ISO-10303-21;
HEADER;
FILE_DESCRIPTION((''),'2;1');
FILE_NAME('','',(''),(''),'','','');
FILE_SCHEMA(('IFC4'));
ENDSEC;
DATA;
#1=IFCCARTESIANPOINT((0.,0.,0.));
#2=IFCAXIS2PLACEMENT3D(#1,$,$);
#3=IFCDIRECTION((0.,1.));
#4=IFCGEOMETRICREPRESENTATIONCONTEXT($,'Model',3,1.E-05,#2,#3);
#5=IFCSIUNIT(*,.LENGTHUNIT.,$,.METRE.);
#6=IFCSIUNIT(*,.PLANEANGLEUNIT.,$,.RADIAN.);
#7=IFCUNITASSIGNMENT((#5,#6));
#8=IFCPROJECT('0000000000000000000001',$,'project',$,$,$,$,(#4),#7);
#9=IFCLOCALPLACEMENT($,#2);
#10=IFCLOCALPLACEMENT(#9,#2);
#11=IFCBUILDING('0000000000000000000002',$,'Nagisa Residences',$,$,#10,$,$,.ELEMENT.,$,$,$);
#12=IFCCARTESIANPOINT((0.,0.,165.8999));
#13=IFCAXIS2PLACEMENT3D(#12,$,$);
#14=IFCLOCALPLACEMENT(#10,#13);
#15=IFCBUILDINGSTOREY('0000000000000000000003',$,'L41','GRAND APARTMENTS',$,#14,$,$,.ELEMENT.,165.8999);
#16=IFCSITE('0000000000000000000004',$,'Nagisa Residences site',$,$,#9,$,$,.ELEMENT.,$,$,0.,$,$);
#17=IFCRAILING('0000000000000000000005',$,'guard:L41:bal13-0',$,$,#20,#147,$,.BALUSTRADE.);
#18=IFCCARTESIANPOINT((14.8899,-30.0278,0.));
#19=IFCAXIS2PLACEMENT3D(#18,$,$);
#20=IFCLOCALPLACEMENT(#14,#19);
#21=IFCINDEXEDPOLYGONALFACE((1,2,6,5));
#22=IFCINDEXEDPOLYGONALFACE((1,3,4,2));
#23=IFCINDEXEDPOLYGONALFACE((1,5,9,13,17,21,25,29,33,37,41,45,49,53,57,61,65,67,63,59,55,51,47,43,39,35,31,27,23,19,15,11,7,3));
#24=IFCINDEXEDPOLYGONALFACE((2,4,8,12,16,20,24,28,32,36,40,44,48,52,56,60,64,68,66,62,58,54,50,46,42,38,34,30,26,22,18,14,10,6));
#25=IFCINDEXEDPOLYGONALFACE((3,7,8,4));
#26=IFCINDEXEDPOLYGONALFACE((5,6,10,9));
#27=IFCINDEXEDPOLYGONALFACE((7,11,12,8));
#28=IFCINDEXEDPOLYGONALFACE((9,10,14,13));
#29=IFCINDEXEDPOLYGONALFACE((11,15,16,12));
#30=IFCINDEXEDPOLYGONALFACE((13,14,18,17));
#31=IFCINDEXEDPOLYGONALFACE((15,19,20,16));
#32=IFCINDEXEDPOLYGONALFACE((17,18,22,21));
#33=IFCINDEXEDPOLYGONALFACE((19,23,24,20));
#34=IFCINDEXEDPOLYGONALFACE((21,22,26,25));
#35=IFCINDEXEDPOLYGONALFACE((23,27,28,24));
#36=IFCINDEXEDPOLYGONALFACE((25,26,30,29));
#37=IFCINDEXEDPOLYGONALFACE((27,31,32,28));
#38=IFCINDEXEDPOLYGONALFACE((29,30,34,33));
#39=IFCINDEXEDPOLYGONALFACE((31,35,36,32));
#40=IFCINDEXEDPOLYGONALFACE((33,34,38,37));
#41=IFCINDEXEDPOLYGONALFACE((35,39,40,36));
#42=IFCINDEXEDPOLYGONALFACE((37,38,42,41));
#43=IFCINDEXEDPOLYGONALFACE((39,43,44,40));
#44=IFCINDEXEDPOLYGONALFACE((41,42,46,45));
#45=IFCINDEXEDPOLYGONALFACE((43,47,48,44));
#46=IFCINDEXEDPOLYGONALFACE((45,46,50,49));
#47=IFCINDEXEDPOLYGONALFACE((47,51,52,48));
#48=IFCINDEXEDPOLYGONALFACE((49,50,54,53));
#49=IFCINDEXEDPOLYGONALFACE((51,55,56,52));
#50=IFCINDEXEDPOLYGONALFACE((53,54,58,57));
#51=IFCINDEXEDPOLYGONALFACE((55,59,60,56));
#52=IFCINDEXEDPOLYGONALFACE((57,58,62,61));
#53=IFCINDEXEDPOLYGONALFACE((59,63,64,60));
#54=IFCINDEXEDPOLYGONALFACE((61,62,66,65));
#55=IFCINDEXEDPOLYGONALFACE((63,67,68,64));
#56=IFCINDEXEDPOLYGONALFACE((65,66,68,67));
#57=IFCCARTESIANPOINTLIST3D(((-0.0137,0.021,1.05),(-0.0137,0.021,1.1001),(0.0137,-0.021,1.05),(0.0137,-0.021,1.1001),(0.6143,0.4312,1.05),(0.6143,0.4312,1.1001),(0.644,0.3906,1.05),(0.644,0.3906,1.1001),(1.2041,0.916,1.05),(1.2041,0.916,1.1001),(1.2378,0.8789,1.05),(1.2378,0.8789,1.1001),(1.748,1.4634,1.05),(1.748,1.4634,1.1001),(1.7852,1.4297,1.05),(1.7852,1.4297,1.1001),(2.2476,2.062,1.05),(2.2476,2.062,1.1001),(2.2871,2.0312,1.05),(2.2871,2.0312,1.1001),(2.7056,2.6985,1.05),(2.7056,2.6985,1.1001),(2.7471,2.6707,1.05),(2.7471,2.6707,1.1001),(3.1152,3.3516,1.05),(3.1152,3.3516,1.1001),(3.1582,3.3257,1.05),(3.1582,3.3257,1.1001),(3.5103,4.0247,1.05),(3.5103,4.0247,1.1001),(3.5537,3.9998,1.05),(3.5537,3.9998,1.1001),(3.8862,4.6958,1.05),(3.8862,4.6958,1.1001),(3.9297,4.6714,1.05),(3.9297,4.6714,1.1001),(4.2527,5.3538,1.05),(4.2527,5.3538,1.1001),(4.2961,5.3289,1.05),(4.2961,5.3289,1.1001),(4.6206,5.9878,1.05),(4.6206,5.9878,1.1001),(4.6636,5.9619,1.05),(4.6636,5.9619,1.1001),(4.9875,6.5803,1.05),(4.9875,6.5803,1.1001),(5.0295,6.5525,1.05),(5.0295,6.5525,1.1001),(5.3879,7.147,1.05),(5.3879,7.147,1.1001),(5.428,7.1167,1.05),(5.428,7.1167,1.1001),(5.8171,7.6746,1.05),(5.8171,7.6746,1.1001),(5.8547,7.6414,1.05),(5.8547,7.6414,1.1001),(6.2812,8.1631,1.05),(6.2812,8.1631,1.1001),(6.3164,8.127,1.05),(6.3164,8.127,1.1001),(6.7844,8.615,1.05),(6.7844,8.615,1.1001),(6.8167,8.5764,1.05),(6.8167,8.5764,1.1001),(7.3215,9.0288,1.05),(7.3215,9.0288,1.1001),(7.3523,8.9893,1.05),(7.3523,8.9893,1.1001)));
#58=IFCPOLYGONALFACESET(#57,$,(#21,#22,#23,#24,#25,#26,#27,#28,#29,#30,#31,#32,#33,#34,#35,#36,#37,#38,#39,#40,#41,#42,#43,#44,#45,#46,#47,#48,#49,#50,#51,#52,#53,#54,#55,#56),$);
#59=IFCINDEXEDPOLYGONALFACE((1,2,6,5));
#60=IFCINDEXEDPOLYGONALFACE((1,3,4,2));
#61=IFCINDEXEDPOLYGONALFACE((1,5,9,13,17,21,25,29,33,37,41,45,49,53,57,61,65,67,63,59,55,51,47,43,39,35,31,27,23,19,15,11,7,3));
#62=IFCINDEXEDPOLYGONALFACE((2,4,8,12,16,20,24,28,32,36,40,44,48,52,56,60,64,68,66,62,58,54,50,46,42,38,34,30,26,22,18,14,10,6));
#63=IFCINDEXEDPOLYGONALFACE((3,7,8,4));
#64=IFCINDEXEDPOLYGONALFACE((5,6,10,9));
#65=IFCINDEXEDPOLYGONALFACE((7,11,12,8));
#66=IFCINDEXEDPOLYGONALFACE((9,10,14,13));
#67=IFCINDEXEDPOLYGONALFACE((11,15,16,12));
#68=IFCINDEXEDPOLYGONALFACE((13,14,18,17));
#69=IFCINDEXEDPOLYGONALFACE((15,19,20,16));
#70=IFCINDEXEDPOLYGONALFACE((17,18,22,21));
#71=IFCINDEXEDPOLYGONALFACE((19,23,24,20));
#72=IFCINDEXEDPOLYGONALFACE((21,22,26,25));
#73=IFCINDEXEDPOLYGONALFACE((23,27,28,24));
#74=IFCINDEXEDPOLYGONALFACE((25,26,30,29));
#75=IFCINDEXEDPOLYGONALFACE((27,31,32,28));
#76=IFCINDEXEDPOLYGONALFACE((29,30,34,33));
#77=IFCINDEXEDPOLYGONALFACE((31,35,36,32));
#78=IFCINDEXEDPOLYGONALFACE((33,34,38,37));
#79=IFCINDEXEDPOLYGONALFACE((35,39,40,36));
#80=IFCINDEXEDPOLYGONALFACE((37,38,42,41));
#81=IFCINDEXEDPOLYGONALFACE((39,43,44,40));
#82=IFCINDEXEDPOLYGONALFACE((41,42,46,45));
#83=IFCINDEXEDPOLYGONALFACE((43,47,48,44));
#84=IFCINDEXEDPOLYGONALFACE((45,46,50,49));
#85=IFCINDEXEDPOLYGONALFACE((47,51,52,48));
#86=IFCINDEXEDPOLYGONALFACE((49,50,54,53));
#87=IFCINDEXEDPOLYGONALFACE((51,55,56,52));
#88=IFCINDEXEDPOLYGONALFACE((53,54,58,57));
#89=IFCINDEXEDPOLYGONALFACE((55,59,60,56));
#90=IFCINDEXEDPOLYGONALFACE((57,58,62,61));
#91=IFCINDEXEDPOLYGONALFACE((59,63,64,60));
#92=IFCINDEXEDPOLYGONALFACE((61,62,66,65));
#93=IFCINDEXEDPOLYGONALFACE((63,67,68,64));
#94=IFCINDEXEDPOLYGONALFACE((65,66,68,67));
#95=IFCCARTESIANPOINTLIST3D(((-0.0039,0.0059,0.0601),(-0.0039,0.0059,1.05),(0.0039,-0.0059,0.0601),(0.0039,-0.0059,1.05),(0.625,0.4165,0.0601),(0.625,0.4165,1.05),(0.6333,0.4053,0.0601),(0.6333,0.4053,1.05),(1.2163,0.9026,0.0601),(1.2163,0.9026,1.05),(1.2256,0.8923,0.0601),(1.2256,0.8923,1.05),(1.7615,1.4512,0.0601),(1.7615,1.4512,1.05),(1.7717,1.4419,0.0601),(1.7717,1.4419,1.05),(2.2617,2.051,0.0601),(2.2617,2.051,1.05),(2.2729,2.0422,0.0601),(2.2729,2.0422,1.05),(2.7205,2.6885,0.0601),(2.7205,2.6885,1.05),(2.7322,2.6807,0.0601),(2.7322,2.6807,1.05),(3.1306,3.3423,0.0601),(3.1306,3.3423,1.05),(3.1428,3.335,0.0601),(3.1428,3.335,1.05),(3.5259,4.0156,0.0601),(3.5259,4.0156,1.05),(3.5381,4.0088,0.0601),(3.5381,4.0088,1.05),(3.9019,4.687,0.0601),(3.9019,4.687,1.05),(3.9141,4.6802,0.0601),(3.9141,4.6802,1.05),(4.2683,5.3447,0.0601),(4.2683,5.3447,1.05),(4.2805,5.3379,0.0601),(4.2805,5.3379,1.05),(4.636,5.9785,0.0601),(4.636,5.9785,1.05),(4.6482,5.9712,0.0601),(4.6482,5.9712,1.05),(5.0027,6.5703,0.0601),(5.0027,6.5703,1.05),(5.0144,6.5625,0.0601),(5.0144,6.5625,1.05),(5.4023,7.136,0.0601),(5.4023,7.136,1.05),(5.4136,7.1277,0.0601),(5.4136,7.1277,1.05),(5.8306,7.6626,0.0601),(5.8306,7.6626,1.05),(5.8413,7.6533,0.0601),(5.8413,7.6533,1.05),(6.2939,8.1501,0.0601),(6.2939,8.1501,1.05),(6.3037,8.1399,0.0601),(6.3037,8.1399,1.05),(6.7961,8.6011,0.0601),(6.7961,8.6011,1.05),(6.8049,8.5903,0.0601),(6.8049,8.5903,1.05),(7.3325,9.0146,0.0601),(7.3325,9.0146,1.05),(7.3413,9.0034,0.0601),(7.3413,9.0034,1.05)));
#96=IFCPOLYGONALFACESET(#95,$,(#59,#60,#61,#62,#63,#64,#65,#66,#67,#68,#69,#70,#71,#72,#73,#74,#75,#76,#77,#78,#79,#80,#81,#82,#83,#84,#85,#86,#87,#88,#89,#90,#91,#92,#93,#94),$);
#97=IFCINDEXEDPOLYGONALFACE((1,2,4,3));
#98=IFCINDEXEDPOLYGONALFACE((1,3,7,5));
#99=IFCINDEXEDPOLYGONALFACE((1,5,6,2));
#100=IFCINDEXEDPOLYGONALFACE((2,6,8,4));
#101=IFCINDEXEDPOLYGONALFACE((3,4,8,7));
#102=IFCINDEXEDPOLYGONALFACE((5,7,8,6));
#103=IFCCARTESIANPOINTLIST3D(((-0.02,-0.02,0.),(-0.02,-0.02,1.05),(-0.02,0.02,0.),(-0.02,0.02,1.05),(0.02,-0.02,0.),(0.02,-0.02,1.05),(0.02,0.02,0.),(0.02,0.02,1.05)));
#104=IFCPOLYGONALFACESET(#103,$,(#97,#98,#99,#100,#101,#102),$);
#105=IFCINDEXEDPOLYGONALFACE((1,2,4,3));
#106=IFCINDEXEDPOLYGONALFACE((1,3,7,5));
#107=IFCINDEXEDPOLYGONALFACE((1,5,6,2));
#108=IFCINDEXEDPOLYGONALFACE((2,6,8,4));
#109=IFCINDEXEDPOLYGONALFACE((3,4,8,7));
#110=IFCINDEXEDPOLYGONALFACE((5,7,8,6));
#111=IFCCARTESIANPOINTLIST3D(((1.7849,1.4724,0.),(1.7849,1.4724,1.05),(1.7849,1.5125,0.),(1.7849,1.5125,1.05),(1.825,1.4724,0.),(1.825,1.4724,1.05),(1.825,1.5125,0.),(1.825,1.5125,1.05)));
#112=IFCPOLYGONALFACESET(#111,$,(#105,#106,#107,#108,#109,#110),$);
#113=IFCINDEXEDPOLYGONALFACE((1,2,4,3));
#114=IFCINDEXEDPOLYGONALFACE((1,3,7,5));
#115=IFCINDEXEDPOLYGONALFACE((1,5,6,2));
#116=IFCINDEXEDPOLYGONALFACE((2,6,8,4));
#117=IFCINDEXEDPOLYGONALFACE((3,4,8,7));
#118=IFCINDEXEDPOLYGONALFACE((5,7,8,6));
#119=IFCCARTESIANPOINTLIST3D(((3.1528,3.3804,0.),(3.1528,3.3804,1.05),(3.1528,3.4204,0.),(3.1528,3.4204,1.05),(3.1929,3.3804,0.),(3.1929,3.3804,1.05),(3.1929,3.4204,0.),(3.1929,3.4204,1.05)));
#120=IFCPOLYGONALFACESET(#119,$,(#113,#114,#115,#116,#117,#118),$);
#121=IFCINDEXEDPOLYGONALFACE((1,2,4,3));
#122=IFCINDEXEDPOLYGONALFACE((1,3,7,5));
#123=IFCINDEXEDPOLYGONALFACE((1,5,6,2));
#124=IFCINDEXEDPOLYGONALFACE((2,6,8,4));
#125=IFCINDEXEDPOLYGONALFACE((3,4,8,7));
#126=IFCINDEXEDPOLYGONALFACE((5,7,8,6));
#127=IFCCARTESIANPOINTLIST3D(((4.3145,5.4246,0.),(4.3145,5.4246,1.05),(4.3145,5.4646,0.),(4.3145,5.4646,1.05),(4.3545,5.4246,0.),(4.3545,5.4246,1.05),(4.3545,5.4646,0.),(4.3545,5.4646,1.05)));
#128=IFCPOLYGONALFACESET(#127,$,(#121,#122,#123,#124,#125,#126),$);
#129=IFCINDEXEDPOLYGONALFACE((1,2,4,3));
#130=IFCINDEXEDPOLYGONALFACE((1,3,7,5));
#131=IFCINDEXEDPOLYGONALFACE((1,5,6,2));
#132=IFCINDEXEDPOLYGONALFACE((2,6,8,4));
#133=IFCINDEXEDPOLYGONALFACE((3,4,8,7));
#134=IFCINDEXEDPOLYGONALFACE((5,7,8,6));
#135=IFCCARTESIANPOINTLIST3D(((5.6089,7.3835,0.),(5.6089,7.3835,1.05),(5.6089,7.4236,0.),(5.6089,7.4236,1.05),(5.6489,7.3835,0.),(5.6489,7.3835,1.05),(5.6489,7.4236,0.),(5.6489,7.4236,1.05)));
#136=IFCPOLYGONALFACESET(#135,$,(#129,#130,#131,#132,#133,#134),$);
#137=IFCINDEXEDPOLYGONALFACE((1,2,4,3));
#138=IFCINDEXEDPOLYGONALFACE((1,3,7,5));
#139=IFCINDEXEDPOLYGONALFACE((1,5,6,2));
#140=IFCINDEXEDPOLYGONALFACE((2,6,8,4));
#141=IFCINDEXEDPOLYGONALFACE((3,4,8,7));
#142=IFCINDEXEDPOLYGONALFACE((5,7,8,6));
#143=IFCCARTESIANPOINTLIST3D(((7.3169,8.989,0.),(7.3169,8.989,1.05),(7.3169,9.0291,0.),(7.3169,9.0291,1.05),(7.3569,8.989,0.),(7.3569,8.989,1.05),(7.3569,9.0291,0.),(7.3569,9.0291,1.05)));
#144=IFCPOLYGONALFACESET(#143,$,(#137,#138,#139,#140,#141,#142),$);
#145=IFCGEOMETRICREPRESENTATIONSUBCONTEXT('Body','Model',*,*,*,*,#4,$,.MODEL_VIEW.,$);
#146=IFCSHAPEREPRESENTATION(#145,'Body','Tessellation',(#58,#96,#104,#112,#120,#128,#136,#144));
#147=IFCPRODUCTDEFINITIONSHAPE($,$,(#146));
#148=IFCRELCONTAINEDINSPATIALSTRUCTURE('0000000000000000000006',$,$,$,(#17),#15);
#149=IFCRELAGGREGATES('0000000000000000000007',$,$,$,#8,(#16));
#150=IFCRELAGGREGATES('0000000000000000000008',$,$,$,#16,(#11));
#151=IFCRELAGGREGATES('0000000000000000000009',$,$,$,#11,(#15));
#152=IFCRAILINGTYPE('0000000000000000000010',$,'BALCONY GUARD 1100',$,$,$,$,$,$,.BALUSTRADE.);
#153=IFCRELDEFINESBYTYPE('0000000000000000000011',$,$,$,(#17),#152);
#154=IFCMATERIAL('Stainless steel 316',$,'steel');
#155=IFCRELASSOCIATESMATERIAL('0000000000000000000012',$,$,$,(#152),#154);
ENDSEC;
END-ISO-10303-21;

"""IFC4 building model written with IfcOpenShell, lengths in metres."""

from ifc_helpers import new_model, si_unit, direction, frame, origin, origin_2d, place, context, subcontext, project, spatial, polyline, rectangle, outline, extrude, material, type_object, element, save


model = new_model("IFC4")

# Units and contexts
model_context = context("Model", 3, precision=1e-05, world=origin(), true_north=direction((0.0, 1.0)))
body_context = subcontext(model_context, "Body", "Model", "MODEL_VIEW")
ifc_project = project(units=[si_unit("LENGTHUNIT", "METRE"), si_unit("PLANEANGLEUNIT", "RADIAN")], contexts=[model_context])

# Site, building, storey
site_placement = place(None, origin())
site = spatial("IfcSite", under=ifc_project, at=site_placement, Name="Nagisa Residences site", CompositionType="ELEMENT", RefElevation=0.0)
building_placement = place(site_placement, origin())
building = spatial("IfcBuilding", under=site, at=building_placement, Name="Nagisa Residences", CompositionType="ELEMENT")
storey_placement = place(building_placement, frame((0.0, 0.0, 165.8999)))
storey = spatial("IfcBuildingStorey", under=building, at=storey_placement, Name="L41", Description="GRAND APARTMENTS", CompositionType="ELEMENT", Elevation=165.8999)

# Railing
ifc_material_1 = material(Name="Stainless steel 316", Category="steel")
railing_type = type_object("IfcRailingType", Name="BALCONY GUARD 1100", PredefinedType="BALUSTRADE", material=ifc_material_1)
railing_1_placement = place(storey_placement, frame((14.8899, -30.0278, 0.0)))
element("IfcRailing", 1, at=railing_1_placement, inside=storey, type_object=railing_type, Name="guard:L41:bal13-0", PredefinedType="BALUSTRADE", context=body_context, shape_type="SweptSolid", body=[
    extrude(outline(polyline([(0.6143, 0.4312), (-0.0137, 0.021), (0.0137, -0.021), (0.644, 0.3906), (1.2378, 0.8789), (1.7852, 1.4297), (2.2871, 2.0312), (2.7471, 2.6707), (3.1582, 3.3257), (3.5537, 3.9998), (3.9297, 4.6714), (4.2961, 5.3289), (4.6636, 5.9619), (5.0295, 6.5525), (5.428, 7.1167), (5.8547, 7.6414), (6.3164, 8.127), (6.8167, 8.5764), (7.3523, 8.9893), (7.3215, 9.0288), (6.7844, 8.615), (6.2812, 8.1631), (5.8171, 7.6746), (5.3879, 7.147), (4.9875, 6.5803), (4.6206, 5.9878), (4.2527, 5.3538), (3.8862, 4.6958), (3.5103, 4.0247), (3.1152, 3.3516), (2.7056, 2.6985), (2.2476, 2.062), (1.748, 1.4634), (1.2041, 0.916), (0.6143, 0.4312)])), frame((0.0, 0.0, 1.05)), (0.0, 0.0, 1.0), 0.05),
    extrude(outline(polyline([(0.625, 0.4165), (-0.0039, 0.0059), (0.0039, -0.0059), (0.6333, 0.4053), (1.2256, 0.8923), (1.7717, 1.4419), (2.2729, 2.0422), (2.7322, 2.6807), (3.1428, 3.335), (3.5381, 4.0088), (3.9141, 4.6802), (4.2805, 5.3379), (4.6482, 5.9712), (5.0144, 6.5625), (5.4136, 7.1277), (5.8413, 7.6533), (6.3037, 8.1399), (6.8049, 8.5903), (7.3413, 9.0034), (7.3325, 9.0146), (6.7961, 8.6011), (6.2939, 8.1501), (5.8306, 7.6626), (5.4023, 7.136), (5.0027, 6.5703), (4.636, 5.9785), (4.2683, 5.3447), (3.9019, 4.687), (3.5259, 4.0156), (3.1306, 3.3423), (2.7205, 2.6885), (2.2617, 2.051), (1.7615, 1.4512), (1.2163, 0.9026), (0.625, 0.4165)])), frame((0.0, 0.0, 0.0601)), (0.0, 0.0, 1.0), 0.99),
    extrude(rectangle(XDim=0.04, YDim=0.04, at=origin_2d()), origin(), (0.0, 0.0, 1.0), 1.05),
    extrude(rectangle(XDim=0.04, YDim=0.04, at=origin_2d()), frame((1.8049, 1.4924, 0.0)), (0.0, 0.0, 1.0), 1.05),
    extrude(rectangle(XDim=0.04, YDim=0.04, at=origin_2d()), frame((3.1729, 3.4004, 0.0)), (0.0, 0.0, 1.0), 1.05),
    extrude(rectangle(XDim=0.04, YDim=0.04, at=origin_2d()), frame((4.3345, 5.4446, 0.0)), (0.0, 0.0, 1.0), 1.05),
    extrude(rectangle(XDim=0.04, YDim=0.04, at=origin_2d()), frame((5.6289, 7.4036, 0.0)), (0.0, 0.0, 1.0), 1.05),
    extrude(rectangle(XDim=0.04, YDim=0.04, at=origin_2d()), frame((7.3369, 9.009, 0.0)), (0.0, 0.0, 1.0), 1.05),
])

save(model, "model.ifc")
